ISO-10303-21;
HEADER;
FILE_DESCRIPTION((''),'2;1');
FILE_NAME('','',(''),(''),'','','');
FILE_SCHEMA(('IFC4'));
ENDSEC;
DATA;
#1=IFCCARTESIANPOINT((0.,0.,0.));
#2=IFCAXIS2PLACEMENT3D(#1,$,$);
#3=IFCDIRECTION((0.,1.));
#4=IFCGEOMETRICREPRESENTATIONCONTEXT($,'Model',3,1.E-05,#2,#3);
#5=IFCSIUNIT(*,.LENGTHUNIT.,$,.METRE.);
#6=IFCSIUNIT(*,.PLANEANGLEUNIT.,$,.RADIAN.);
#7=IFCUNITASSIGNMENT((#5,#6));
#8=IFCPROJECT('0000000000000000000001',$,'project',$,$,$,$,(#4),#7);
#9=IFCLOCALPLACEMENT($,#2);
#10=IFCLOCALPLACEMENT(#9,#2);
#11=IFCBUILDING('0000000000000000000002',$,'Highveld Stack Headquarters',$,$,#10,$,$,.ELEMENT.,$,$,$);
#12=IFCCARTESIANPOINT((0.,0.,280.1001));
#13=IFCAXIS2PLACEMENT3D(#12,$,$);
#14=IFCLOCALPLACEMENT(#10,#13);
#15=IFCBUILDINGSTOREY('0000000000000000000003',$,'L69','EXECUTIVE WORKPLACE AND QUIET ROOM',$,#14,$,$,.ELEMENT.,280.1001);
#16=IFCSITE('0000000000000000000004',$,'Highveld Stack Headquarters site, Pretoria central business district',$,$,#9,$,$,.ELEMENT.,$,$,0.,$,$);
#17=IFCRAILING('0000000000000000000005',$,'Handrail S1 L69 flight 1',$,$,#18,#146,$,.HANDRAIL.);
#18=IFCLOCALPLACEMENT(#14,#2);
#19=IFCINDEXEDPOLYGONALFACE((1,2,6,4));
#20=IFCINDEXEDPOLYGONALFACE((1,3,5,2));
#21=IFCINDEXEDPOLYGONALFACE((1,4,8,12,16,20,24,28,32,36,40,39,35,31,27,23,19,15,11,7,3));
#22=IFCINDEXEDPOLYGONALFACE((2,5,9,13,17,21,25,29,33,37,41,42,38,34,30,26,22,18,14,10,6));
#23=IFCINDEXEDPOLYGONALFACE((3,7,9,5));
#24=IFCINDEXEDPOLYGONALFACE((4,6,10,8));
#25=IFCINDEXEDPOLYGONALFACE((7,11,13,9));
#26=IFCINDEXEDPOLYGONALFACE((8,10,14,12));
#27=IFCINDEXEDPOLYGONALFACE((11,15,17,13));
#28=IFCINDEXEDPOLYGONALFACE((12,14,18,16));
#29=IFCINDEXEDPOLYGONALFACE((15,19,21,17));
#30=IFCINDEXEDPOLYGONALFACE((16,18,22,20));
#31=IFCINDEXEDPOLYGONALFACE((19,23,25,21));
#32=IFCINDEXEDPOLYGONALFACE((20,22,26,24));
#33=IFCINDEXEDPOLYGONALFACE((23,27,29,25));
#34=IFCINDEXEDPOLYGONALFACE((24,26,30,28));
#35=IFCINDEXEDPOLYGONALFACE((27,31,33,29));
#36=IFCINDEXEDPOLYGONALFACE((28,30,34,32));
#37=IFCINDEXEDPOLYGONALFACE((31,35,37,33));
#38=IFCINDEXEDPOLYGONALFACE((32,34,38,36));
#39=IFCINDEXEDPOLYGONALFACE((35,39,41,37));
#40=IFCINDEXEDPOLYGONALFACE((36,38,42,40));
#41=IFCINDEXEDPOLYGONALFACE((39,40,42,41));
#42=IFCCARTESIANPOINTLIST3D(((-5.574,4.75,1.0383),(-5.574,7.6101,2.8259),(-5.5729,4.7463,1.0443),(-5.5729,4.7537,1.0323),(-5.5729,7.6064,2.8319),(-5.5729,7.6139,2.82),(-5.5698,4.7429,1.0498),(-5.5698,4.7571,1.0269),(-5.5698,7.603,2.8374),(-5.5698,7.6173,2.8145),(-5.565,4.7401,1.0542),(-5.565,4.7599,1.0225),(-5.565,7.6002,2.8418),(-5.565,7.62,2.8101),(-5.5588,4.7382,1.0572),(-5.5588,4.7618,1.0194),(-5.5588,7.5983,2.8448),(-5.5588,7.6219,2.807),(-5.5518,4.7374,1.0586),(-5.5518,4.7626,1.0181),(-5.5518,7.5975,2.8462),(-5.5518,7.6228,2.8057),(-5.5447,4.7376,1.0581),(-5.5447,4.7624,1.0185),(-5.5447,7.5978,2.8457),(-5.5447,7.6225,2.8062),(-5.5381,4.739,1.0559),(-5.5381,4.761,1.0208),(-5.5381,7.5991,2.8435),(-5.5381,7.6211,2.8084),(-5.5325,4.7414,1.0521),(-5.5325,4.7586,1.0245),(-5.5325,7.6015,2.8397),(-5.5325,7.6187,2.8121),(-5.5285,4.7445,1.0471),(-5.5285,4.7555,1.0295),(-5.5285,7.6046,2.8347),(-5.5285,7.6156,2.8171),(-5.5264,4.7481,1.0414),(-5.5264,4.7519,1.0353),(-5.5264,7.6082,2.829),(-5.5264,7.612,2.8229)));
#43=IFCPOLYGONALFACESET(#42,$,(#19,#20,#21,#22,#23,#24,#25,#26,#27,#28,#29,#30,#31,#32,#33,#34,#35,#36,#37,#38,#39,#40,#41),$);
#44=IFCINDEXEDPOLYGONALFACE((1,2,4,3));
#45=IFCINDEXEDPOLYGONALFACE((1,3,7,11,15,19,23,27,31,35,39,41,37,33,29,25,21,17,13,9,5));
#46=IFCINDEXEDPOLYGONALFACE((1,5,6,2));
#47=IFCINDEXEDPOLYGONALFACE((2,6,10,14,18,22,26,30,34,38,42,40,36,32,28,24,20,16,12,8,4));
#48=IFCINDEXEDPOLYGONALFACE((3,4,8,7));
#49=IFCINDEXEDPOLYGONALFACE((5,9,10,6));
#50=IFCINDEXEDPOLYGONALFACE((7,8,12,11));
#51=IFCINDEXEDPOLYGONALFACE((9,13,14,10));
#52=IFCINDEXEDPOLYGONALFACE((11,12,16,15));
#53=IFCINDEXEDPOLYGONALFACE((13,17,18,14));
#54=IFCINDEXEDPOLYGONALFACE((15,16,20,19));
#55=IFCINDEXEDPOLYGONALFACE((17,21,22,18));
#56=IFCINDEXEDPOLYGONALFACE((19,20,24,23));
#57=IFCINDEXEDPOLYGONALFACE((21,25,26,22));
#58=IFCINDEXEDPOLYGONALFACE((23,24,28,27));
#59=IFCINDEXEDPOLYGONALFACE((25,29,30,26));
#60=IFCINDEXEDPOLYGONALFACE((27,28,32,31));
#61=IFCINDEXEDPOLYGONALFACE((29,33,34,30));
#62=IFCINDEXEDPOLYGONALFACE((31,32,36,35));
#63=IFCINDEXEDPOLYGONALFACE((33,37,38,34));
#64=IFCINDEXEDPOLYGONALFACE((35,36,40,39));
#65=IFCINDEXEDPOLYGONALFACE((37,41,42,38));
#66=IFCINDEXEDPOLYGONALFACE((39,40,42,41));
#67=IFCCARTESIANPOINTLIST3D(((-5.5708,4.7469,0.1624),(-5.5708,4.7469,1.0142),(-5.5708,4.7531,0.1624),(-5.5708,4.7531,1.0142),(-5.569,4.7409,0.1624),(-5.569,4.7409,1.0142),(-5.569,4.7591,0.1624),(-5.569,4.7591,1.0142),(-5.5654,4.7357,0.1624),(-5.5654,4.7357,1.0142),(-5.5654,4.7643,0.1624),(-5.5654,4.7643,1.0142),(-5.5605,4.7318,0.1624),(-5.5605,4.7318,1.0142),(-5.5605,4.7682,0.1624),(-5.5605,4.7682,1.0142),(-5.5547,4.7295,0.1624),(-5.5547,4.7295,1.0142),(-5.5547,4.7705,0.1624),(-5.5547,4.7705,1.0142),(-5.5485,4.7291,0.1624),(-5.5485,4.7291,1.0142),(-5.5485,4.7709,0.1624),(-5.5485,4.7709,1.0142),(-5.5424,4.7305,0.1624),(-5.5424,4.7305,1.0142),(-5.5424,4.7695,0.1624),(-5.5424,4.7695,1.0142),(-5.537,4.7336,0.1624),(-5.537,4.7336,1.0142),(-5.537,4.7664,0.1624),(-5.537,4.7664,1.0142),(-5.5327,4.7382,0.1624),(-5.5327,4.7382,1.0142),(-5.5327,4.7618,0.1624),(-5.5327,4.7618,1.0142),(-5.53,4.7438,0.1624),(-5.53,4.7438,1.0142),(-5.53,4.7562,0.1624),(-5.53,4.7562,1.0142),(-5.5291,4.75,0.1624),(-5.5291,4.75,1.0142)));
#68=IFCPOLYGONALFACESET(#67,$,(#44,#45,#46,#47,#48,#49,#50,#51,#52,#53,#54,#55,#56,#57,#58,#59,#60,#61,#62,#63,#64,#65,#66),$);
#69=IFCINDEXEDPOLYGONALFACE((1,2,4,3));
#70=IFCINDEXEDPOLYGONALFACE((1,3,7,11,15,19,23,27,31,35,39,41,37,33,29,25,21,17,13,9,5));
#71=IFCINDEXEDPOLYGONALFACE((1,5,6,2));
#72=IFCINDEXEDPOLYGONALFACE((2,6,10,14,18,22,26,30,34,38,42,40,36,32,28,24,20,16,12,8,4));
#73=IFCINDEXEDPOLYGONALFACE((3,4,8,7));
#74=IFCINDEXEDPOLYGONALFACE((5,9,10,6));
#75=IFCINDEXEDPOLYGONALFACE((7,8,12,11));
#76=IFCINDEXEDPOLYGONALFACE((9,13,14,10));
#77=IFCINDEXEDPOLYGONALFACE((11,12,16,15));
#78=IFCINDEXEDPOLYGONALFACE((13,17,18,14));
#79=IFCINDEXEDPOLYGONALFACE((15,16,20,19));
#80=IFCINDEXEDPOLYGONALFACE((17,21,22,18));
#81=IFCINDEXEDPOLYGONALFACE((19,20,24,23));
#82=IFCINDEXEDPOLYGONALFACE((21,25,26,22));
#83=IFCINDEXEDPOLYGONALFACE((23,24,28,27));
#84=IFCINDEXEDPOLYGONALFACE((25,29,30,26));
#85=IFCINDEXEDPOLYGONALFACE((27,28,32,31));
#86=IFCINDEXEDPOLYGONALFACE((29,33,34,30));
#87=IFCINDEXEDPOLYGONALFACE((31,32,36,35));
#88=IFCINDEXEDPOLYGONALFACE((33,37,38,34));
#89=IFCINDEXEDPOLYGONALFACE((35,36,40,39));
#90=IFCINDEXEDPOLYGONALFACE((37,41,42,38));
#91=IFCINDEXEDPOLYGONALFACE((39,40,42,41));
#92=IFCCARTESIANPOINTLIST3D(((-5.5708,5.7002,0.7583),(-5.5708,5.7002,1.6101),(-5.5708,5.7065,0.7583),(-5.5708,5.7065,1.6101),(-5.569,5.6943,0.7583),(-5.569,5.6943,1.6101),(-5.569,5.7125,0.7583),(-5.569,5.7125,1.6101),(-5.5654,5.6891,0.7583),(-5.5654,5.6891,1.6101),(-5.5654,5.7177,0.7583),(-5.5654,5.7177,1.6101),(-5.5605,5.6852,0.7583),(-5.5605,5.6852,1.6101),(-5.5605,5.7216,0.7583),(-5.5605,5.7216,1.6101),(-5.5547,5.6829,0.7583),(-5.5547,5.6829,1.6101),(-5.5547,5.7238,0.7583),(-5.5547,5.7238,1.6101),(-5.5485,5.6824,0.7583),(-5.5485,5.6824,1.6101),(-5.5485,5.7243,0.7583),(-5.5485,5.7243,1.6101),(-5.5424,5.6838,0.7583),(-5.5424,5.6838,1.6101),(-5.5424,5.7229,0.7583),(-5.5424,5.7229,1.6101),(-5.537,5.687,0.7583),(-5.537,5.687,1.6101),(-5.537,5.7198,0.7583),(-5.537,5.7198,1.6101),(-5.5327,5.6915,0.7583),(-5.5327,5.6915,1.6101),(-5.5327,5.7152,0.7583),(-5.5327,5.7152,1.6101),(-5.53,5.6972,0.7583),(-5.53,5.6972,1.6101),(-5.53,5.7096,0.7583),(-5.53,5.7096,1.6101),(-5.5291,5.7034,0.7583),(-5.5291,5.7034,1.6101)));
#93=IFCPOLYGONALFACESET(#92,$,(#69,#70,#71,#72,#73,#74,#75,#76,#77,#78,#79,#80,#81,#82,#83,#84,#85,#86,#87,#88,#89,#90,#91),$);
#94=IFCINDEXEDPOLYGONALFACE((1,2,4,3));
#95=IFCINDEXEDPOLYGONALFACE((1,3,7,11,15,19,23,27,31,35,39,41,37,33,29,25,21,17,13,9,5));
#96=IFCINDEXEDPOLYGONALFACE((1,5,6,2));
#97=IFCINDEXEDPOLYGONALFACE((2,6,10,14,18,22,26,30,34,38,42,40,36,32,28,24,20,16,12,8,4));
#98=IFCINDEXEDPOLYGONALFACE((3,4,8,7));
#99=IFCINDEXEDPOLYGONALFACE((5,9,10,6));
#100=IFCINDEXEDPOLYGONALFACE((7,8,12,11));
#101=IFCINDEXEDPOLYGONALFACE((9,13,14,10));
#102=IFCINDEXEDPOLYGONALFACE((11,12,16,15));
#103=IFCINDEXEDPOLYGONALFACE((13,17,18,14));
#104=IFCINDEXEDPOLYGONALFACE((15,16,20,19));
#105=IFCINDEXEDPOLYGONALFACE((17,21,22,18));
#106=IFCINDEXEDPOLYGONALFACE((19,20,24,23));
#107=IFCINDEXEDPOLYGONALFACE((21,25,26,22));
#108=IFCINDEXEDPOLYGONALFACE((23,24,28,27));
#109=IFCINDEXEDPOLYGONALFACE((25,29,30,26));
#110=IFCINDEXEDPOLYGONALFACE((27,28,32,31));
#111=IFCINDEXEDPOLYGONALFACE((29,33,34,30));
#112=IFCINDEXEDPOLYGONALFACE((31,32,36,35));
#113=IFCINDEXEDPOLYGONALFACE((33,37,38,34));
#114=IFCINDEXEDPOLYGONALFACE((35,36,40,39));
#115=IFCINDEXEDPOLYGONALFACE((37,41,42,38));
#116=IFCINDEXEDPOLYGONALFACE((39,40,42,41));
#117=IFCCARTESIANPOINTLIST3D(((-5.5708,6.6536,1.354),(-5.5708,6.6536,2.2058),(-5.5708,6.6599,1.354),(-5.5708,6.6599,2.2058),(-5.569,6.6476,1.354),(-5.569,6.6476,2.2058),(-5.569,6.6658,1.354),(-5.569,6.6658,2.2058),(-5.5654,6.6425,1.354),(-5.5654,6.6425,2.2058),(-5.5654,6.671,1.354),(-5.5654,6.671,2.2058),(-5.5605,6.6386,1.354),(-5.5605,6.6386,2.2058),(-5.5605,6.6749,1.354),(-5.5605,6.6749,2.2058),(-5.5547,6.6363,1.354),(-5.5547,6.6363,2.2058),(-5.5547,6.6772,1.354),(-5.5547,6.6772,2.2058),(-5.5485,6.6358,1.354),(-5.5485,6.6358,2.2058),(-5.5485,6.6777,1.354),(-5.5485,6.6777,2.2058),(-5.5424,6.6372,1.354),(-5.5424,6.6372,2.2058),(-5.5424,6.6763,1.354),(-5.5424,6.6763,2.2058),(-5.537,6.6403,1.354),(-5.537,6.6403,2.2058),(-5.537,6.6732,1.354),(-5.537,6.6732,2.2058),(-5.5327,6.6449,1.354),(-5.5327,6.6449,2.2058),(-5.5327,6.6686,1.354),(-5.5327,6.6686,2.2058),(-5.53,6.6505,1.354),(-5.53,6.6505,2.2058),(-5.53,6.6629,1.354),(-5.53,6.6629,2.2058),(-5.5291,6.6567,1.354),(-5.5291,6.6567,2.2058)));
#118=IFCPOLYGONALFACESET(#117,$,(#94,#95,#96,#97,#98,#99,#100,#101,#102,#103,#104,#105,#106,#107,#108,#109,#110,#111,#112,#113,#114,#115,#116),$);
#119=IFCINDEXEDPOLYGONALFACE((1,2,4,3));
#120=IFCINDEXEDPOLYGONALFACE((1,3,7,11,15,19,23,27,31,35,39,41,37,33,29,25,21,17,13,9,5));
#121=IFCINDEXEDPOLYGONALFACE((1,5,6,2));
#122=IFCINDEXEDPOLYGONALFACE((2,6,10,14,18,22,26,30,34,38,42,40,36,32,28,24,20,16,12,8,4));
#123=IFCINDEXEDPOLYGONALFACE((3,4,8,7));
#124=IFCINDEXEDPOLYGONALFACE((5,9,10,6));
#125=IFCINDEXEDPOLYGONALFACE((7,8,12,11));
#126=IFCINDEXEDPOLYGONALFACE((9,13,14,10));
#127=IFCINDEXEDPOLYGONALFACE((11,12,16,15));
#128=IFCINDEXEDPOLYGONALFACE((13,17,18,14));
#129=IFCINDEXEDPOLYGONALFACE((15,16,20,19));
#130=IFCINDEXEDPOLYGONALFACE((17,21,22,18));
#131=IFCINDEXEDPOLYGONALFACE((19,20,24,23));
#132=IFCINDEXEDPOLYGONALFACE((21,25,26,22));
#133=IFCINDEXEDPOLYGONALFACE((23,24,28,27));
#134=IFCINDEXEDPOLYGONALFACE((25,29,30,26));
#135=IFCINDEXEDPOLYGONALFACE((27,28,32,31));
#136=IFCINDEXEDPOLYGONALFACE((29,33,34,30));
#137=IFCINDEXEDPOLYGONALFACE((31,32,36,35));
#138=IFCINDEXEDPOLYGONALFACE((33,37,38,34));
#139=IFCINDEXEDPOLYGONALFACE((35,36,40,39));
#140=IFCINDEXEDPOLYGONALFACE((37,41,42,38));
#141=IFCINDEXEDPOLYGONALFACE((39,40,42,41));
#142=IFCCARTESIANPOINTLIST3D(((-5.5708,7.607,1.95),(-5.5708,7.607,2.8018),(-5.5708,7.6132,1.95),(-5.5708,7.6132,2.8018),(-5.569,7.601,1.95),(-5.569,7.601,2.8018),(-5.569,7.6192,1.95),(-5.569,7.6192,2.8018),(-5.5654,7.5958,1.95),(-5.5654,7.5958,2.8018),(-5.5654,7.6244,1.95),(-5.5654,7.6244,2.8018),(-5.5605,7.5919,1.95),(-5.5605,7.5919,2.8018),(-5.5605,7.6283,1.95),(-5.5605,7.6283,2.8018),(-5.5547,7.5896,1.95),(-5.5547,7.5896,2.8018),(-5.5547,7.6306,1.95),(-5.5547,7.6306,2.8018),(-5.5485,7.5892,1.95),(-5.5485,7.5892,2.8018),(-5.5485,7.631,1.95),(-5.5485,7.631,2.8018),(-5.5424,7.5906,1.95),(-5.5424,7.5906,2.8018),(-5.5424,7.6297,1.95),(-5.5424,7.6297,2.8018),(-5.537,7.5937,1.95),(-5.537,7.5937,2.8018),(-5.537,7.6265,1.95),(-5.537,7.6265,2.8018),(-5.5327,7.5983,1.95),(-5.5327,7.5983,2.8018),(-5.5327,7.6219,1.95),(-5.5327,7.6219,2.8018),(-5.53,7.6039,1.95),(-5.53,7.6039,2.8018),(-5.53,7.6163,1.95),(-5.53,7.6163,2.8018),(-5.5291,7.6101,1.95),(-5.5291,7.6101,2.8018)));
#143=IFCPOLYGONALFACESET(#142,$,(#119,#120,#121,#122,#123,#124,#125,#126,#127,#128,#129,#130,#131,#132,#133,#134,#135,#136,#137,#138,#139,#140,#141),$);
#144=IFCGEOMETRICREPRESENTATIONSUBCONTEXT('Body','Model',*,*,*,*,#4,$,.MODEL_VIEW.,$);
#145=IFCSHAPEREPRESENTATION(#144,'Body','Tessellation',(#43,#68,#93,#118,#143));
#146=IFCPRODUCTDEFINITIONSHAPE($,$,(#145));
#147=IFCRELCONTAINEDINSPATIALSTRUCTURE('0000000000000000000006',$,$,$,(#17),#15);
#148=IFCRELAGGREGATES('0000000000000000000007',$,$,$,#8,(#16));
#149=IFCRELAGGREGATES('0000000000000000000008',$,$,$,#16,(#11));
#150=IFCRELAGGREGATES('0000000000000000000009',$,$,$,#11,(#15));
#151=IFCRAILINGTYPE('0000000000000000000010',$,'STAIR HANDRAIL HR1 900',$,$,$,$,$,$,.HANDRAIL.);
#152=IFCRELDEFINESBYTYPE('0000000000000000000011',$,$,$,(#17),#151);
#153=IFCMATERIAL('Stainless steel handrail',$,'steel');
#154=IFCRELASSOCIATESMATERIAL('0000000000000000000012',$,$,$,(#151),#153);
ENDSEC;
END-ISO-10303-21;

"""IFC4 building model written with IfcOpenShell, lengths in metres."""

from ifc_helpers import new_model, si_unit, direction, frame, origin, origin_2d, place, context, subcontext, project, spatial, circle, extrude, material, type_object, element, save


model = new_model("IFC4")

# Units and contexts
model_context = context("Model", 3, precision=1e-05, world=origin(), true_north=direction((0.0, 1.0)))
body_context = subcontext(model_context, "Body", "Model", "MODEL_VIEW")
ifc_project = project(units=[si_unit("LENGTHUNIT", "METRE"), si_unit("PLANEANGLEUNIT", "RADIAN")], contexts=[model_context])

# Site, building, storey
site_placement = place(None, origin())
site = spatial("IfcSite", under=ifc_project, at=site_placement, Name="Highveld Stack Headquarters site, Pretoria central business district", CompositionType="ELEMENT", RefElevation=0.0)
building_placement = place(site_placement, origin())
building = spatial("IfcBuilding", under=site, at=building_placement, Name="Highveld Stack Headquarters", CompositionType="ELEMENT")
storey_placement = place(building_placement, frame((0.0, 0.0, 280.1001)))
storey = spatial("IfcBuildingStorey", under=building, at=storey_placement, Name="L69", Description="EXECUTIVE WORKPLACE AND QUIET ROOM", CompositionType="ELEMENT", Elevation=280.1001)

# Railing
ifc_material_1 = material(Name="Stainless steel handrail", Category="steel")
railing_type = type_object("IfcRailingType", Name="STAIR HANDRAIL HR1 900", PredefinedType="HANDRAIL", material=ifc_material_1)
for number, where, name in (
    (1, (-5.55, 4.75, 0.1624), "Handrail S1 L69 flight 1"),
):
    element("IfcRailing", number, at=place(storey_placement, frame(where)), inside=storey, type_object=railing_type, Name=name, PredefinedType="HANDRAIL", context=body_context, shape_type="SweptSolid", body=[
        extrude(circle(Radius=0.0239, at=origin_2d()), frame((0.0, 0.0, 0.876), z_axis=(0.0, 0.847994, 0.530005), x_axis=(-1.0, 0.0, 0.0)), (0.0, 0.0, 1.0), 3.3728),
        extrude(circle(Radius=0.021, at=origin_2d()), origin(), (0.0, 0.0, 1.0), 0.8518),
        extrude(circle(Radius=0.021, at=origin_2d()), frame((0.0, 0.9534, 0.5959)), (0.0, 0.0, 1.0), 0.8518),
        extrude(circle(Radius=0.021, at=origin_2d()), frame((0.0, 1.9067, 1.1917)), (0.0, 0.0, 1.0), 0.8518),
        extrude(circle(Radius=0.021, at=origin_2d()), frame((0.0, 2.8601, 1.7876)), (0.0, 0.0, 1.0), 0.8518),
    ])

save(model, "model.ifc")
